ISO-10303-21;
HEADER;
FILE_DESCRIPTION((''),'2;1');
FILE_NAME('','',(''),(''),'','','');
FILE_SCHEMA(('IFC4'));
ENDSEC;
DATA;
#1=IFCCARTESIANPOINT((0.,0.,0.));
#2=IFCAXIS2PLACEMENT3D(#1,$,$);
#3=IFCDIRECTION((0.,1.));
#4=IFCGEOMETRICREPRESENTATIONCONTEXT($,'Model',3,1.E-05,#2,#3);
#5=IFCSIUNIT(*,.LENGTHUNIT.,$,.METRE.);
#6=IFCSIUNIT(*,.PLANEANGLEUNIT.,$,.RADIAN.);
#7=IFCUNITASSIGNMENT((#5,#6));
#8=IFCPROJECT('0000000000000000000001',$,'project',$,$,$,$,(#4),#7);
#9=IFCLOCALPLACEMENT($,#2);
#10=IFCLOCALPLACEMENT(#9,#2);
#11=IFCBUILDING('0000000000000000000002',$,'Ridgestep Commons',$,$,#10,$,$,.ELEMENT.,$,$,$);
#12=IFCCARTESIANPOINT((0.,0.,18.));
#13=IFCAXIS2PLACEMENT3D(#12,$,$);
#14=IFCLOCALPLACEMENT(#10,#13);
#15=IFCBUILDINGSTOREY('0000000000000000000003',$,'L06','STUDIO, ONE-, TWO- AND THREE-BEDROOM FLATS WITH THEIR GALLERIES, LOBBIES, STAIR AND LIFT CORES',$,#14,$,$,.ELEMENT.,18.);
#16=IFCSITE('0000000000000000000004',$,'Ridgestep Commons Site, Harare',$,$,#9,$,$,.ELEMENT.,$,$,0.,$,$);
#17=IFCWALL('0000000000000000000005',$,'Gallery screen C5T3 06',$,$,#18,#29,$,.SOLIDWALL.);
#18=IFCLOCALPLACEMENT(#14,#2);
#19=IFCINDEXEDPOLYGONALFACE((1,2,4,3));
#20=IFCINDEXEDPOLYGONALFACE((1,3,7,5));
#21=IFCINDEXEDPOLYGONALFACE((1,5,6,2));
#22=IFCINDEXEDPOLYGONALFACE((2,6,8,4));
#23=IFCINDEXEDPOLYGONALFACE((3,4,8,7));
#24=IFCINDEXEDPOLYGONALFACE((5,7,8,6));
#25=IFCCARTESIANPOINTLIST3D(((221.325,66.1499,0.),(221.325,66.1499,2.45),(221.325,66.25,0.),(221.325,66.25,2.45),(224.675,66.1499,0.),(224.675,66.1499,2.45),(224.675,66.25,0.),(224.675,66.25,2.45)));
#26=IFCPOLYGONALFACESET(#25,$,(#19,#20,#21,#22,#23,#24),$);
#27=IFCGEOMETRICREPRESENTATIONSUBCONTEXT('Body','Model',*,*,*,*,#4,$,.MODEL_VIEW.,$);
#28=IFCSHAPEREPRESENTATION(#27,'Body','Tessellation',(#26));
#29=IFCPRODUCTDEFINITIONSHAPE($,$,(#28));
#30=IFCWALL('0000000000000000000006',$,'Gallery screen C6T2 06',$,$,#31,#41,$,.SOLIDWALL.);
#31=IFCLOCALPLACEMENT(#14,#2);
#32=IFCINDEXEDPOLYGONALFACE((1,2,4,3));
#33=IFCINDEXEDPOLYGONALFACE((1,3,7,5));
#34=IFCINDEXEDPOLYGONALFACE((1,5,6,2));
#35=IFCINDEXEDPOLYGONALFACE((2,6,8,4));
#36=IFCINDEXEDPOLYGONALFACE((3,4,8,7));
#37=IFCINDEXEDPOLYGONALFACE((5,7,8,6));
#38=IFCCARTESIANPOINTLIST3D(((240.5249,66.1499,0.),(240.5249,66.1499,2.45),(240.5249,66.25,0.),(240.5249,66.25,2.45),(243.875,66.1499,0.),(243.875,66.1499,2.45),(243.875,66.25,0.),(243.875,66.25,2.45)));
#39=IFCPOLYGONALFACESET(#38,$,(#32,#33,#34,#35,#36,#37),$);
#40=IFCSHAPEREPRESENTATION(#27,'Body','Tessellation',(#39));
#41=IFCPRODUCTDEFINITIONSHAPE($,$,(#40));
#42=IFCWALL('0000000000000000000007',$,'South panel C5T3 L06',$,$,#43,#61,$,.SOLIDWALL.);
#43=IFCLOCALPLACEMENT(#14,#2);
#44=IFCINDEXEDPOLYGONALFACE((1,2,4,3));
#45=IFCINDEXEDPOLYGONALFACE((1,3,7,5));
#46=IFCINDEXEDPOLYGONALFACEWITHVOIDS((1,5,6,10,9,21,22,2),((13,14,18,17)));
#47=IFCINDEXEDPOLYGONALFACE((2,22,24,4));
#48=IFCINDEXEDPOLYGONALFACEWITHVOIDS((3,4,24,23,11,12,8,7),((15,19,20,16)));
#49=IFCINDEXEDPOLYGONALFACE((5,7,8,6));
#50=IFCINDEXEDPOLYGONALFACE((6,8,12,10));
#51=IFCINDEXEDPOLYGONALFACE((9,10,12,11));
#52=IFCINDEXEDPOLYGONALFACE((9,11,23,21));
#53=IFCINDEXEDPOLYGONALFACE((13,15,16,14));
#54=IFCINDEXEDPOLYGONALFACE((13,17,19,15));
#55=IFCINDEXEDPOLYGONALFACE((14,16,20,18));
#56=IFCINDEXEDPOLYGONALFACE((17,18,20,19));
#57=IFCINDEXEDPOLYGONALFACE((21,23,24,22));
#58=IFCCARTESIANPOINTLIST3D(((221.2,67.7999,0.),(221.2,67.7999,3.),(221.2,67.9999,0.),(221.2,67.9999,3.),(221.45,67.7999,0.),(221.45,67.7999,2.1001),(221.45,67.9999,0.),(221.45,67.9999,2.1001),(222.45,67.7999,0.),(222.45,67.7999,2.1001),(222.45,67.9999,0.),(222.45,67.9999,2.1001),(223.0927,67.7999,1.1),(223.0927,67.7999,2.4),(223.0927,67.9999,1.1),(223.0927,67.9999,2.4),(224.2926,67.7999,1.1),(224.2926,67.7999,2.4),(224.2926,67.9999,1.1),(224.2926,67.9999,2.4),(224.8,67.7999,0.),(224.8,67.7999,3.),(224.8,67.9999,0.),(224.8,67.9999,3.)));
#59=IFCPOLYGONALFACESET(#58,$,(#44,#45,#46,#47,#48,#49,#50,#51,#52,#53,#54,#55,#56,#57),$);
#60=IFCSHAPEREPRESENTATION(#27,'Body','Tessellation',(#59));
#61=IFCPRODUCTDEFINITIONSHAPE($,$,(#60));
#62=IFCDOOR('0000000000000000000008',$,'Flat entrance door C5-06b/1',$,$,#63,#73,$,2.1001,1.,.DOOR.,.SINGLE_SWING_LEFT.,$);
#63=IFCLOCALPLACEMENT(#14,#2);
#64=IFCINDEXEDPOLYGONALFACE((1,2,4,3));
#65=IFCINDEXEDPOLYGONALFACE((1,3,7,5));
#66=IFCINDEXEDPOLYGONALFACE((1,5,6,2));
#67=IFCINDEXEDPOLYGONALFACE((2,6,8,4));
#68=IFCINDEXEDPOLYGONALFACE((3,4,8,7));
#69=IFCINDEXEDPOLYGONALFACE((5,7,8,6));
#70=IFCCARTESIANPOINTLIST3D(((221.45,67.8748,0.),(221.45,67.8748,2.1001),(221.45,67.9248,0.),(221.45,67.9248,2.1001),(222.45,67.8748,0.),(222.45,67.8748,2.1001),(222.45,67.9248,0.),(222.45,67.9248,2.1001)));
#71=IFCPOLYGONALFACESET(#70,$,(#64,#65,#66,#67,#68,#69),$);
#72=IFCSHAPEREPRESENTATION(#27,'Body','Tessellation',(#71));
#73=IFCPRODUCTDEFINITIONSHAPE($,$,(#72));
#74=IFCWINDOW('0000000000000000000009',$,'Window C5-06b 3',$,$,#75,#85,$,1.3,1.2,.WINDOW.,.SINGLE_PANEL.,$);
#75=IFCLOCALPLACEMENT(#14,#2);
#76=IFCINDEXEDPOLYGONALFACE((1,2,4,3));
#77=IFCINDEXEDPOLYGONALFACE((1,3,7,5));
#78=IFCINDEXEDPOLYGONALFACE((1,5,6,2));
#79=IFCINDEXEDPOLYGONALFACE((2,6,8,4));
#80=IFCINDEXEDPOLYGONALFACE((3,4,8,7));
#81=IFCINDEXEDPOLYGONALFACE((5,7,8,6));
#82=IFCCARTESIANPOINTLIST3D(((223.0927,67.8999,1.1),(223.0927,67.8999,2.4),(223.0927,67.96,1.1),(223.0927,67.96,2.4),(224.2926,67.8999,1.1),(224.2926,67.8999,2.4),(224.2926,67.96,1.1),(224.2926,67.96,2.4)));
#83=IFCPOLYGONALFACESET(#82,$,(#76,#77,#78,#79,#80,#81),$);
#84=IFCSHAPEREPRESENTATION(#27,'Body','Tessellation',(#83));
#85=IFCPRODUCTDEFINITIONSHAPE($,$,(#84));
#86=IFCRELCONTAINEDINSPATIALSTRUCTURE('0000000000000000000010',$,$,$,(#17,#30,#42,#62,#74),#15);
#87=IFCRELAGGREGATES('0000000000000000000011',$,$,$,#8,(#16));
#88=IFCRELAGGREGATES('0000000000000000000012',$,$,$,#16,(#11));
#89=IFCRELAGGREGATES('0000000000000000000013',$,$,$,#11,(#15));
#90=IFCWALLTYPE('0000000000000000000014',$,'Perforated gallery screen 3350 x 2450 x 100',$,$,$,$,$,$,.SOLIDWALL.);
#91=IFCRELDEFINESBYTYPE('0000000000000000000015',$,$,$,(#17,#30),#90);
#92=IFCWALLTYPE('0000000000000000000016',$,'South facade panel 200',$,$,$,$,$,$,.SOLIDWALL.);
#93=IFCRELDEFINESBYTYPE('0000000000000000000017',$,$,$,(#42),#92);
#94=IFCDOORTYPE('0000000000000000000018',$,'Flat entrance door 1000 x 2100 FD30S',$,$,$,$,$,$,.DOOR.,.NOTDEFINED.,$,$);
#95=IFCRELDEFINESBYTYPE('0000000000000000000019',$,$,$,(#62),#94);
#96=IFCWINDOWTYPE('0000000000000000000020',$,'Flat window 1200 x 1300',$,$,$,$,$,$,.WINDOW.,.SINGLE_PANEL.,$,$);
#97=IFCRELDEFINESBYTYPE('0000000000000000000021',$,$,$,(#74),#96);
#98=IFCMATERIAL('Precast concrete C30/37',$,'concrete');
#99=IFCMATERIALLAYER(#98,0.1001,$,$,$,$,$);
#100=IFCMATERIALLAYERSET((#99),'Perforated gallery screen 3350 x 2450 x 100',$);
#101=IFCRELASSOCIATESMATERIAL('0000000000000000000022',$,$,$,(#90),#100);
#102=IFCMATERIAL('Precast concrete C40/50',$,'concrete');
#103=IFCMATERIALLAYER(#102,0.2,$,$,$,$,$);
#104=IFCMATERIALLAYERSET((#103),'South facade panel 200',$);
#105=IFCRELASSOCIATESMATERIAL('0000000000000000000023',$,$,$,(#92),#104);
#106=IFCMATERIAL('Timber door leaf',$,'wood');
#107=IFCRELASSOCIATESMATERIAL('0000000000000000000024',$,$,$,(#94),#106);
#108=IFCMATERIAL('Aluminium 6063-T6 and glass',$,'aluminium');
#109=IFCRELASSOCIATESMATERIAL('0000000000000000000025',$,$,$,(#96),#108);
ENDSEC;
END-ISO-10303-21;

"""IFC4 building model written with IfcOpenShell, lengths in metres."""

from ifc_helpers import new_model, si_unit, direction, frame, frame_2d, origin, place, context, subcontext, project, spatial, rectangle, extrude, material, layer, layer_set, type_object, element, fill, save


model = new_model("IFC4")

# Units and contexts
model_context = context("Model", 3, precision=1e-05, world=origin(), true_north=direction((0.0, 1.0)))
body_context = subcontext(model_context, "Body", "Model", "MODEL_VIEW")
ifc_project = project(units=[si_unit("LENGTHUNIT", "METRE"), si_unit("PLANEANGLEUNIT", "RADIAN")], contexts=[model_context])

# Site, building, storey
site_placement = place(None, origin())
site = spatial("IfcSite", under=ifc_project, at=site_placement, Name="Ridgestep Commons Site, Harare", CompositionType="ELEMENT", RefElevation=0.0)
building_placement = place(site_placement, origin())
building = spatial("IfcBuilding", under=site, at=building_placement, Name="Ridgestep Commons", CompositionType="ELEMENT")
storey_placement = place(building_placement, frame((0.0, 0.0, 18.0)))
storey = spatial("IfcBuildingStorey", under=building, at=storey_placement, Name="L06", Description="STUDIO, ONE-, TWO- AND THREE-BEDROOM FLATS WITH THEIR GALLERIES, LOBBIES, STAIR AND LIFT CORES", CompositionType="ELEMENT", Elevation=18.0)

# Walls
ifc_material_1 = material(Name="Precast concrete C30/37", Category="concrete")
ifc_layer_1 = layer(ifc_material_1, 0.1001)
ifc_layer_set_1 = layer_set([ifc_layer_1], Name="Perforated gallery screen 3350 x 2450 x 100")
wall_type_1 = type_object("IfcWallType", Name="Perforated gallery screen 3350 x 2450 x 100", PredefinedType="SOLIDWALL", material=ifc_layer_set_1)
for number, where, z_axis, x_axis, name in (
    (1, (221.325, 66.2, 0.0), (0.0, 0.0, 1.0), (1.0, 0.0, 0.0), "Gallery screen C5T3 06"),
    (2, (240.5249, 66.2, 0.0), (0.0, 0.0, 1.0), (1.0, 0.0, 0.0), "Gallery screen C6T2 06"),
):
    element("IfcWall", number, at=place(storey_placement, frame(where, z_axis=z_axis, x_axis=x_axis)), inside=storey, type_object=wall_type_1, Name=name, PredefinedType="SOLIDWALL", context=body_context, shape_type="SweptSolid", body=[
        extrude(rectangle(XDim=3.3501, YDim=0.1001, at=frame_2d((1.675, 0.0))), origin(), (0.0, 0.0, 1.0), 2.45),
    ])

# Wall, openings, door, window
ifc_material_2 = material(Name="Precast concrete C40/50", Category="concrete")
ifc_layer_2 = layer(ifc_material_2, 0.2)
ifc_layer_set_2 = layer_set([ifc_layer_2], Name="South facade panel 200")
wall_type_2 = type_object("IfcWallType", Name="South facade panel 200", PredefinedType="SOLIDWALL", material=ifc_layer_set_2)
wall_1_placement = place(storey_placement, frame((221.2, 67.8999, 0.0), z_axis=(0.0, 0.0, 1.0), x_axis=(1.0, 0.0, 0.0)))
wall_1 = element("IfcWall", 3, at=wall_1_placement, inside=storey, type_object=wall_type_2, Name="South panel C5T3 L06", PredefinedType="SOLIDWALL", context=body_context, shape_type="SweptSolid", body=[
    extrude(rectangle(XDim=3.6001, YDim=0.2, at=frame_2d((1.8, 0.0))), origin(), (0.0, 0.0, 1.0), 3.0),
])
opening_1_placement = place(wall_1_placement, frame((1.8926, 0.0, 1.1001)))
opening_1 = element("IfcOpeningElement", 4, at=opening_1_placement, cuts=wall_1, PredefinedType="OPENING", context=body_context, shape_type="SweptSolid", body=[
    extrude(rectangle(XDim=1.2, YDim=1.3, at=frame_2d((0.6001, 0.6499))), frame((0.0, 0.1099, 0.0), z_axis=(0.0, -1.0, 0.0), x_axis=(1.0, 0.0, 0.0)), (0.0, 0.0, 1.0), 0.22),
])
opening_2_placement = place(wall_1_placement, frame((0.25, 0.0, 0.0)))
opening_2 = element("IfcOpeningElement", 5, at=opening_2_placement, cuts=wall_1, PredefinedType="OPENING", context=body_context, shape_type="SweptSolid", body=[
    extrude(rectangle(XDim=1.0, YDim=2.1001, at=frame_2d((0.5, 1.05))), frame((0.0, 0.1099, 0.0), z_axis=(0.0, -1.0, 0.0), x_axis=(1.0, 0.0, 0.0)), (0.0, 0.0, 1.0), 0.22),
])
ifc_material_3 = material(Name="Timber door leaf", Category="wood")
door_type_1 = type_object("IfcDoorType", Name="Flat entrance door 1000 x 2100 FD30S", OperationType="NOTDEFINED", PredefinedType="DOOR", material=ifc_material_3)
door_1_placement = place(opening_2_placement, origin())
door_1 = element("IfcDoor", 6, at=door_1_placement, inside=storey, type_object=door_type_1, Name="Flat entrance door C5-06b/1", OperationType="SINGLE_SWING_LEFT", OverallHeight=2.1001, OverallWidth=1.0, PredefinedType="DOOR", context=body_context, shape_type="SweptSolid", body=[
    extrude(rectangle(XDim=1.0, YDim=2.1001, at=frame_2d((0.5, 1.05))), frame((0.0, 0.0249, 0.0), z_axis=(0.0, -1.0, 0.0), x_axis=(1.0, 0.0, 0.0)), (0.0, 0.0, 1.0), 0.05),
])
fill(opening_2, door_1)
ifc_material_4 = material(Name="Aluminium 6063-T6 and glass", Category="aluminium")
window_type = type_object("IfcWindowType", Name="Flat window 1200 x 1300", PartitioningType="SINGLE_PANEL", PredefinedType="WINDOW", material=ifc_material_4)
window_placement = place(opening_1_placement, origin())
window = element("IfcWindow", 7, at=window_placement, inside=storey, type_object=window_type, Name="Window C5-06b 3", OverallHeight=1.3, OverallWidth=1.2, PartitioningType="SINGLE_PANEL", PredefinedType="WINDOW", context=body_context, shape_type="SweptSolid", body=[
    extrude(rectangle(XDim=1.2, YDim=1.3, at=frame_2d((0.6001, 0.6499))), frame((0.0, 0.0601, 0.0), z_axis=(0.0, -1.0, 0.0), x_axis=(1.0, 0.0, 0.0)), (0.0, 0.0, 1.0), 0.0601),
])
fill(opening_1, window)

save(model, "model.ifc")
